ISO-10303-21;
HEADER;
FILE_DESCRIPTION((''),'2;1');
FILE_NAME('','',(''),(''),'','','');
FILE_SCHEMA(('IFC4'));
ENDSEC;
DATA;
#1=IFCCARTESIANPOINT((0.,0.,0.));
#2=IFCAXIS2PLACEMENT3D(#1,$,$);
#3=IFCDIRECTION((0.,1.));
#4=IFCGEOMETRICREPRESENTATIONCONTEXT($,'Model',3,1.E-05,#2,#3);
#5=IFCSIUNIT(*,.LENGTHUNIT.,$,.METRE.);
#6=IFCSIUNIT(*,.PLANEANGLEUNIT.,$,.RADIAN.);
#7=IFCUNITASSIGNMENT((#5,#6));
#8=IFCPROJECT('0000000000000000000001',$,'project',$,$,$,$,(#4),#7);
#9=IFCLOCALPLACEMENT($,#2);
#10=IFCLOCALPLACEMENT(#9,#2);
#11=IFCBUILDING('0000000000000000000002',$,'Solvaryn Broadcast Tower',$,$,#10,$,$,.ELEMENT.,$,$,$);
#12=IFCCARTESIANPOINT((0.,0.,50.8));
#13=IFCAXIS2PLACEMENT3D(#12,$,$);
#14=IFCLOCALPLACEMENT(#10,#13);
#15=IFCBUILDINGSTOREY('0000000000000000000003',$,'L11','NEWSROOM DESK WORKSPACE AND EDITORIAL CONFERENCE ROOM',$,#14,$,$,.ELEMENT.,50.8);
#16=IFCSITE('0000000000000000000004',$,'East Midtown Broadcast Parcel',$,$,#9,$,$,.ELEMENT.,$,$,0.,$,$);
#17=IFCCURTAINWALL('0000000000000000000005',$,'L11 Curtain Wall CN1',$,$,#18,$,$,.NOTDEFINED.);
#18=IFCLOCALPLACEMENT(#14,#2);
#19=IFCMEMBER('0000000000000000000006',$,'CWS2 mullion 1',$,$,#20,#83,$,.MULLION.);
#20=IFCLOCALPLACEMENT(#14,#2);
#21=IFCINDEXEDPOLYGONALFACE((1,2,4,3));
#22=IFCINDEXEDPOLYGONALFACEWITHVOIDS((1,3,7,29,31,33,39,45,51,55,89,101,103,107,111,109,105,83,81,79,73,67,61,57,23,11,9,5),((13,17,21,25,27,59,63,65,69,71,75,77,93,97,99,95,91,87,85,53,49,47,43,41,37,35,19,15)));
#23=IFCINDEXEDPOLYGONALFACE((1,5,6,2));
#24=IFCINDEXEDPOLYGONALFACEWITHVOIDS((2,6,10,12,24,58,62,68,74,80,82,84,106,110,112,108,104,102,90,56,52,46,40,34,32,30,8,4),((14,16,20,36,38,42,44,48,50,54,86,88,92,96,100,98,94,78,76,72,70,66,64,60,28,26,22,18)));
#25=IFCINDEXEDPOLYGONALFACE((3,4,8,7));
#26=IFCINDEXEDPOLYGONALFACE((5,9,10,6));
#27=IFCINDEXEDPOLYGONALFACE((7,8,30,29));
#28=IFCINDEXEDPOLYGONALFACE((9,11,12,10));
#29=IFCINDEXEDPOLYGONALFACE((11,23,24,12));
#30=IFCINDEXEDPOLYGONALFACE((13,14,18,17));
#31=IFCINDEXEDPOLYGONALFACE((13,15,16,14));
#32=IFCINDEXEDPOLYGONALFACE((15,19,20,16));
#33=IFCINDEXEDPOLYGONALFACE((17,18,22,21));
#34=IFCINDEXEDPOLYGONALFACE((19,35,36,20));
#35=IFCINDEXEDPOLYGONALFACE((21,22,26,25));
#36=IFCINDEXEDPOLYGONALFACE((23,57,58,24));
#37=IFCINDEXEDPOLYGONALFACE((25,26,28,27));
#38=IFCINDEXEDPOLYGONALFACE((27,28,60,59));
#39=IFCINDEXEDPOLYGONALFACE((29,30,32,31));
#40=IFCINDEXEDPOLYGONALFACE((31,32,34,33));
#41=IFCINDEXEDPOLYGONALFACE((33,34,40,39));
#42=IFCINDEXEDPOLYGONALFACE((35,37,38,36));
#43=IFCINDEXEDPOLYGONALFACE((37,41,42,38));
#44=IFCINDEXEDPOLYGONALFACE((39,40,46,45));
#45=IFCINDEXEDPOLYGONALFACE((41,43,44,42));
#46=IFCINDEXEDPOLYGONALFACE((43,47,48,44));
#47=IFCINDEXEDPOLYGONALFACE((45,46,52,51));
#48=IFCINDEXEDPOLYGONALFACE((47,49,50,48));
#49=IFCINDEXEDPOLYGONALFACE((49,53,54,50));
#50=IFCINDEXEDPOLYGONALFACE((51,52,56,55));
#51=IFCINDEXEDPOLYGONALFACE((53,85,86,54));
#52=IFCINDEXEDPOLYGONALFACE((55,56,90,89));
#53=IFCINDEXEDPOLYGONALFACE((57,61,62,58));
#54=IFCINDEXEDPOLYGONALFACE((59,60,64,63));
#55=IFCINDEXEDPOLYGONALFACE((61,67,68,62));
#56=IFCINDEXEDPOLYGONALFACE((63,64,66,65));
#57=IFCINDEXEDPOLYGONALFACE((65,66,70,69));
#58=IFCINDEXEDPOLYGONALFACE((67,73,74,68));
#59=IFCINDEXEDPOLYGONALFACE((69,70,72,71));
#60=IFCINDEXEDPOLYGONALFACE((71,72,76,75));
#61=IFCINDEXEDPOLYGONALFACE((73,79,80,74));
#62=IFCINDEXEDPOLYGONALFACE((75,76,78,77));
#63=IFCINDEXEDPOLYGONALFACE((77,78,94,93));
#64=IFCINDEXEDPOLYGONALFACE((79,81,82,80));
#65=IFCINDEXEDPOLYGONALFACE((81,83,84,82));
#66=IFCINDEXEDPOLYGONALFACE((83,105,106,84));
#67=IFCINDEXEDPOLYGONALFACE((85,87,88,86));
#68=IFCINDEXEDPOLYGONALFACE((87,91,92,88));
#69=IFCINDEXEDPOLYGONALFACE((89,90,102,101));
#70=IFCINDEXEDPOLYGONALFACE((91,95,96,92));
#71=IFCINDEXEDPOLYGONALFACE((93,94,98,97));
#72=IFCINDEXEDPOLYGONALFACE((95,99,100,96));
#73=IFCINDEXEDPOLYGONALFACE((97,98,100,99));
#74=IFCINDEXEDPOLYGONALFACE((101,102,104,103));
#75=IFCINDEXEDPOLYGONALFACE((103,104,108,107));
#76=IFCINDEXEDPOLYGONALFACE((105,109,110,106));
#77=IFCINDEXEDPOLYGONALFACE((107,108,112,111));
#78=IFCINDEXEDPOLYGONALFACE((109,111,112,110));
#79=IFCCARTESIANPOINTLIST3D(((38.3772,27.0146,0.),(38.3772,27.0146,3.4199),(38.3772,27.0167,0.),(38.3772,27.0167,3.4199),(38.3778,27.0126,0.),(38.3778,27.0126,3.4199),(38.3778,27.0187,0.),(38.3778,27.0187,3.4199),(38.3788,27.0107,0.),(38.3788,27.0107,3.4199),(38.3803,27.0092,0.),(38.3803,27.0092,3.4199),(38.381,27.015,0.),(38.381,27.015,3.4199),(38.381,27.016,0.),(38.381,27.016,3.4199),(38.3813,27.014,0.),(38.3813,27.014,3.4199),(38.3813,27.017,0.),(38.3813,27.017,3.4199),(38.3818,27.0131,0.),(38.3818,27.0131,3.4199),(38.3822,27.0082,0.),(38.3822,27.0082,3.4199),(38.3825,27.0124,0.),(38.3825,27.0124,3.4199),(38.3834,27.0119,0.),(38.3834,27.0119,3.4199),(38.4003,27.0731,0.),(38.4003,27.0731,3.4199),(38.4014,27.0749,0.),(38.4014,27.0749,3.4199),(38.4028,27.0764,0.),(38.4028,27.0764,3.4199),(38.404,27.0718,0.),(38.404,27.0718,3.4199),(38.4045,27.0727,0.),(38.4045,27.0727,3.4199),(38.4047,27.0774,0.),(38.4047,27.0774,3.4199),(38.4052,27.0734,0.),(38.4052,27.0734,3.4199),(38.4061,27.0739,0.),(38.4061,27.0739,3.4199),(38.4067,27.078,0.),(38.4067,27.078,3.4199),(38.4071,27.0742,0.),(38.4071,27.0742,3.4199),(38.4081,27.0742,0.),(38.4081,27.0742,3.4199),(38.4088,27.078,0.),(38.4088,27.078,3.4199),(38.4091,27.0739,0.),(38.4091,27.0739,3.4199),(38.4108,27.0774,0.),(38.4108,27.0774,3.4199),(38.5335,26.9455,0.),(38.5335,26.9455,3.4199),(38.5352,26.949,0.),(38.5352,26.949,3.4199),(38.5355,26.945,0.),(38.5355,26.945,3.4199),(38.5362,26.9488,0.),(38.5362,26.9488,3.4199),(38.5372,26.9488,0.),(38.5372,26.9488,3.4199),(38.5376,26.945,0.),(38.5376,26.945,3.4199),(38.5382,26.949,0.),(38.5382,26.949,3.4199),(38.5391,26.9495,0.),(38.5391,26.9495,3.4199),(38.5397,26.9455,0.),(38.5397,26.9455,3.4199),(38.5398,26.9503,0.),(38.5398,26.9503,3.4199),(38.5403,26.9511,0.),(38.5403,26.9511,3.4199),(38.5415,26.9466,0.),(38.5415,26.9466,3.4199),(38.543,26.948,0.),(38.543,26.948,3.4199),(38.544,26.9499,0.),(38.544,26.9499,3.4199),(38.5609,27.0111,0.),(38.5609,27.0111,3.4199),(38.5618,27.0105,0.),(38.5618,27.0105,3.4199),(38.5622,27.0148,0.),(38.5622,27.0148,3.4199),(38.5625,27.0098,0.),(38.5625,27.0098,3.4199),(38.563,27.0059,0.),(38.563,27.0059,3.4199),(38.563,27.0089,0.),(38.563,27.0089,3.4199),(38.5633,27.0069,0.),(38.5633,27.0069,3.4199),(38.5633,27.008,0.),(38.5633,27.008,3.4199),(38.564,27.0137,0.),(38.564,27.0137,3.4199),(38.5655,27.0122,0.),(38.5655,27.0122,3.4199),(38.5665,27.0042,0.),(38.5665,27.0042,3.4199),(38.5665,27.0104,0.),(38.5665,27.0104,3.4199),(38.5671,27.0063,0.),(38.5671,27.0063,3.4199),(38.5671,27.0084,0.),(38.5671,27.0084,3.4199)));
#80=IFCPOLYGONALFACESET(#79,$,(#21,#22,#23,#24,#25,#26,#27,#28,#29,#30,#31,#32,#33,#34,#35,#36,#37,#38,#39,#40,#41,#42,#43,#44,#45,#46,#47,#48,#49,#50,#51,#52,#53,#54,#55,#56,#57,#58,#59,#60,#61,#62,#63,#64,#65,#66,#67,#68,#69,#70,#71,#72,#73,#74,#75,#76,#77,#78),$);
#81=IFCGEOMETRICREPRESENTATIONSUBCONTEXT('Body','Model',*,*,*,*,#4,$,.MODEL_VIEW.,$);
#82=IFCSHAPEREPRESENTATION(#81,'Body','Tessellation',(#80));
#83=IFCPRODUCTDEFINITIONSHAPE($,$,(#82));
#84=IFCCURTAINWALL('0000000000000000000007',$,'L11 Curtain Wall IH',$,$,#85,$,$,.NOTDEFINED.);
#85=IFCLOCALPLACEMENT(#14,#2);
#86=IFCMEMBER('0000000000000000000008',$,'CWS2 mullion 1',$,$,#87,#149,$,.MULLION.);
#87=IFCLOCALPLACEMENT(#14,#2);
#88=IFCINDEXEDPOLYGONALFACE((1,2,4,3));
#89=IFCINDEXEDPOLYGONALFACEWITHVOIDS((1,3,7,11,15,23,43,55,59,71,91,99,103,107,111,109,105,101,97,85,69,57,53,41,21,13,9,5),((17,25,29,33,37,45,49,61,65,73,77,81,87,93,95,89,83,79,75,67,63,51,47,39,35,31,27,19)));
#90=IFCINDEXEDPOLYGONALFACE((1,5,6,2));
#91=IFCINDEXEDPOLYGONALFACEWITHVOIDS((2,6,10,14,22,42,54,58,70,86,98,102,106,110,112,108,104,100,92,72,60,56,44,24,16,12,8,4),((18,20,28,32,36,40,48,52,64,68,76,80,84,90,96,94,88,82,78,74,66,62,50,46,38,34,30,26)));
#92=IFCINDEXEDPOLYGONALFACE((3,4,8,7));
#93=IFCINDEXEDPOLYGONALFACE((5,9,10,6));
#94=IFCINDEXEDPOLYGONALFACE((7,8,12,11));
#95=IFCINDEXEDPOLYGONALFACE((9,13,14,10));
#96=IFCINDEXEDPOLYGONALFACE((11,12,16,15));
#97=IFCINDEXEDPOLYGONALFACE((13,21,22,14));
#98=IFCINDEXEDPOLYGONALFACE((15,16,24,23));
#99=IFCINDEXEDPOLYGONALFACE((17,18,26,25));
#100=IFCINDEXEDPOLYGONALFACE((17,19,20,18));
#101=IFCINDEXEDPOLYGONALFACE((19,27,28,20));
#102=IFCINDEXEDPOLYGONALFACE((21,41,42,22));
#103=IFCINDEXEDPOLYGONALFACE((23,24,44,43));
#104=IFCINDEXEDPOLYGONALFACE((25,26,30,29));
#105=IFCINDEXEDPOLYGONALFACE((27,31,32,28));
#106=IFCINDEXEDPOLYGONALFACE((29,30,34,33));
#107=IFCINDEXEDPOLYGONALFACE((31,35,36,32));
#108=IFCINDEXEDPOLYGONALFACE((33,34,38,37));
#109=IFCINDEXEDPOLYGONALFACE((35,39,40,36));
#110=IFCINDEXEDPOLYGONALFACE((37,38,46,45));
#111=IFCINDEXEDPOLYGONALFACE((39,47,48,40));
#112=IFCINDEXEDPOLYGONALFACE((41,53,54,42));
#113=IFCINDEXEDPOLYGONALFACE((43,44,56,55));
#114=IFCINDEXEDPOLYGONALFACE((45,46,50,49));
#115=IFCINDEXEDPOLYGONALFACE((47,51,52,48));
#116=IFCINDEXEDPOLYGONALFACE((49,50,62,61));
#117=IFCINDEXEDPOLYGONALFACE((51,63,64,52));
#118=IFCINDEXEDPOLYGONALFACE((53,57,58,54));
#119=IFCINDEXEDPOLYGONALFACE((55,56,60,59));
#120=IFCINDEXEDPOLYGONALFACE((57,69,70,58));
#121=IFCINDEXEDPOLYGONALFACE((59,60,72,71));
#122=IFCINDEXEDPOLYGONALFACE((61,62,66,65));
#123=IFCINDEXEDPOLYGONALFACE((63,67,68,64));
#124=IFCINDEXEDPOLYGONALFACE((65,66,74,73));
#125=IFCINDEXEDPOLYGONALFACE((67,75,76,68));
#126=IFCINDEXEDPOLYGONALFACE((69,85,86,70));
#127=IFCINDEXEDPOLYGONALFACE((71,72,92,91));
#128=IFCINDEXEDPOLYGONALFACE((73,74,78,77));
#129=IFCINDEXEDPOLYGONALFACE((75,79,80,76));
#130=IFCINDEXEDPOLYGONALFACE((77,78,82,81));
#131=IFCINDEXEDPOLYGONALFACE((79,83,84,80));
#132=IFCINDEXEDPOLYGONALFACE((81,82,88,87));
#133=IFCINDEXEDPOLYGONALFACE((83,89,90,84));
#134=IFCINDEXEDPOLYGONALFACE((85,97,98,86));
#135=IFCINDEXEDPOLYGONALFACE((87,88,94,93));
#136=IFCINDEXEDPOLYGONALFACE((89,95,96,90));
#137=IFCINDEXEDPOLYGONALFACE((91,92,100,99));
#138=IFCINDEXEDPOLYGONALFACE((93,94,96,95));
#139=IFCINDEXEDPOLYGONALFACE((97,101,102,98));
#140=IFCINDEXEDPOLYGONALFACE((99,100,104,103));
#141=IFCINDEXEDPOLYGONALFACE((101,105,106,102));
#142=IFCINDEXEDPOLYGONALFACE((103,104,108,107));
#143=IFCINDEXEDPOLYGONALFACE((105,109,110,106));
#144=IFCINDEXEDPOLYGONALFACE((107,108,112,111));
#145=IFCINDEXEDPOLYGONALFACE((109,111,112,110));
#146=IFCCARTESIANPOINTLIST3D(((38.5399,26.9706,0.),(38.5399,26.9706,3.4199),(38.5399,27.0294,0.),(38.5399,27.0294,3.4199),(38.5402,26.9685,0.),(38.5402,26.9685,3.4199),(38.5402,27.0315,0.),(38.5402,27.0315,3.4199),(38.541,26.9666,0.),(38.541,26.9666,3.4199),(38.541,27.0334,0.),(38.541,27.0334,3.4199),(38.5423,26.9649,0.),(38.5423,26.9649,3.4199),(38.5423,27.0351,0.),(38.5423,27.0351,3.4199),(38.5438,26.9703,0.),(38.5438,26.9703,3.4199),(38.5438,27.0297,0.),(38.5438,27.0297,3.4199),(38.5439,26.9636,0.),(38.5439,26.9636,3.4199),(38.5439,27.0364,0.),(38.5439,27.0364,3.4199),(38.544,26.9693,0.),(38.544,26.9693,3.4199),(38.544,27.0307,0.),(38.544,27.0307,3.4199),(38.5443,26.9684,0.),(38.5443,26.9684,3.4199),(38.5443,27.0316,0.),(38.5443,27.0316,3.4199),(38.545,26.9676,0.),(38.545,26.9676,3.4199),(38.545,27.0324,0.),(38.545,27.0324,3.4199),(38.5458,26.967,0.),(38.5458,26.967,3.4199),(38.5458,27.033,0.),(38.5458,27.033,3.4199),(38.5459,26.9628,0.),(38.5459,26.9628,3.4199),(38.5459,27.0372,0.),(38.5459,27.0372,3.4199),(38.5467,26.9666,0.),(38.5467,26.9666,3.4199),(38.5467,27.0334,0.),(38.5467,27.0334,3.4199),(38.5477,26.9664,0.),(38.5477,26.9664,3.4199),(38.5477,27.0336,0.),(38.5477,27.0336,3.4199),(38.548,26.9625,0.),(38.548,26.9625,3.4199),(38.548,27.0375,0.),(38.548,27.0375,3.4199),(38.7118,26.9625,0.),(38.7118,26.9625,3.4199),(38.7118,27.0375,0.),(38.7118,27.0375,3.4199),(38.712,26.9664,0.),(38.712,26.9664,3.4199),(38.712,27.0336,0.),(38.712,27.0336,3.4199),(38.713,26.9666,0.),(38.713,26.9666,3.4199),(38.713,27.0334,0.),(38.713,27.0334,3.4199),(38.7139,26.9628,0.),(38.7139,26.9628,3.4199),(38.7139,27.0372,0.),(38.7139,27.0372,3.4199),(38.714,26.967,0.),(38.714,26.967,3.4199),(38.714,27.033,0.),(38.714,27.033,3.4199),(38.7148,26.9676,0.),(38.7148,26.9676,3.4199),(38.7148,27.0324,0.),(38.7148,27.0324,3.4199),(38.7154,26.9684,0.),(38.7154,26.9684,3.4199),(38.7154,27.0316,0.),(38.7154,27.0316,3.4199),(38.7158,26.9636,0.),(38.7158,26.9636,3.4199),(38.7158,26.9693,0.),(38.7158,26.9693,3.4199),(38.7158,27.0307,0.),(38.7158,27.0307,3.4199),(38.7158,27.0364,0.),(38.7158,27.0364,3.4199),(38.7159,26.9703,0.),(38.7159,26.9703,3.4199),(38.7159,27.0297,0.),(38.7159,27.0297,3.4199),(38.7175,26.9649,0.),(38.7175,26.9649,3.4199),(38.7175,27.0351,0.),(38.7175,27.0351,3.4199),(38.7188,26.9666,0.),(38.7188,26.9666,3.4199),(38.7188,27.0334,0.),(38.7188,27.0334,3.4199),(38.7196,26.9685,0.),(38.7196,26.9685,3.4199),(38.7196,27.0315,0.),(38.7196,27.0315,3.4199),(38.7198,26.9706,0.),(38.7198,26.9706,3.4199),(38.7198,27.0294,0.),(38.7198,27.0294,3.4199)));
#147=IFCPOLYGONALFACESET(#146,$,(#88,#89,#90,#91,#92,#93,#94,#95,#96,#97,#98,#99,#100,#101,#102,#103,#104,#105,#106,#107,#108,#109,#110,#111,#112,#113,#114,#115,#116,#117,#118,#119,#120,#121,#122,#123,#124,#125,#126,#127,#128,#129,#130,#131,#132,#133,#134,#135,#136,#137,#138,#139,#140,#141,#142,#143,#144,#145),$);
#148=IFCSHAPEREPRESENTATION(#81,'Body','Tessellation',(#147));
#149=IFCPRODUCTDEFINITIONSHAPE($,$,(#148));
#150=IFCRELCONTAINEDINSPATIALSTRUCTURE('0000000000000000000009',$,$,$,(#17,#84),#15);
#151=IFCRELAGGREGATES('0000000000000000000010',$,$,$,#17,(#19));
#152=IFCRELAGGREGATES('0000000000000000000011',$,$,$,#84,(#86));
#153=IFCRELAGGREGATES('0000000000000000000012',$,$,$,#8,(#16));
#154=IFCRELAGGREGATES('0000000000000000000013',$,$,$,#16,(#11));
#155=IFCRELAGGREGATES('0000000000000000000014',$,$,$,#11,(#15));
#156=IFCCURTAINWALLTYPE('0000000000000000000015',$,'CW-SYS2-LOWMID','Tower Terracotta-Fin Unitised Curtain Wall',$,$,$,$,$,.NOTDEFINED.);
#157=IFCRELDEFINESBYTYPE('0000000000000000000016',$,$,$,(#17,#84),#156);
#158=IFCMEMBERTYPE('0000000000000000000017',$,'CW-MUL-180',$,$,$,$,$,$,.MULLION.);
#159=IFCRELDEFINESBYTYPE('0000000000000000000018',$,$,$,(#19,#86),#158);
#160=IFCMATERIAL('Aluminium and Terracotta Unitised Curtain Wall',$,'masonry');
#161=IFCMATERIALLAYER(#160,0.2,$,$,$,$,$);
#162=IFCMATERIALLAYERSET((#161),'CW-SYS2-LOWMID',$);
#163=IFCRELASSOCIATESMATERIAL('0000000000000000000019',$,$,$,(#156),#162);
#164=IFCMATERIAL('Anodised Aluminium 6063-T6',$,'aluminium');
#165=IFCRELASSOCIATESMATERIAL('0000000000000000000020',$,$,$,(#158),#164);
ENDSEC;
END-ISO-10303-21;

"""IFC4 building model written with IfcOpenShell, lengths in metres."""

from ifc_helpers import new_model, si_unit, direction, frame, origin, origin_2d, place, context, subcontext, project, spatial, hollow_rectangle, extrude, material, layer, layer_set, material_profile, profile_set, type_object, element, aggregate, save


model = new_model("IFC4")

# Units and contexts
model_context = context("Model", 3, precision=1e-05, world=origin(), true_north=direction((0.0, 1.0)))
body_context = subcontext(model_context, "Body", "Model", "MODEL_VIEW")
ifc_project = project(units=[si_unit("LENGTHUNIT", "METRE"), si_unit("PLANEANGLEUNIT", "RADIAN")], contexts=[model_context])

# Site, building, storey
site_placement = place(None, origin())
site = spatial("IfcSite", under=ifc_project, at=site_placement, Name="East Midtown Broadcast Parcel", CompositionType="ELEMENT", RefElevation=0.0)
building_placement = place(site_placement, origin())
building = spatial("IfcBuilding", under=site, at=building_placement, Name="Solvaryn Broadcast Tower", CompositionType="ELEMENT")
storey_placement = place(building_placement, frame((0.0, 0.0, 50.8)))
storey = spatial("IfcBuildingStorey", under=building, at=storey_placement, Name="L11", Description="NEWSROOM DESK WORKSPACE AND EDITORIAL CONFERENCE ROOM", CompositionType="ELEMENT", Elevation=50.8)

# Curtain walls, members
ifc_material_1 = material(Name="Aluminium and Terracotta Unitised Curtain Wall", Category="masonry")
ifc_layer_1 = layer(ifc_material_1, 0.2)
ifc_layer_set_1 = layer_set([ifc_layer_1], Name="CW-SYS2-LOWMID")
curtain_wall_type = type_object("IfcCurtainWallType", Name="CW-SYS2-LOWMID", Description="Tower Terracotta-Fin Unitised Curtain Wall", PredefinedType="NOTDEFINED", material=ifc_layer_set_1)
curtain_wall_1_placement = place(storey_placement, origin())
curtain_wall_1 = element("IfcCurtainWall", 1, at=curtain_wall_1_placement, inside=storey, type_object=curtain_wall_type, Name="L11 Curtain Wall CN1", PredefinedType="NOTDEFINED")
ifc_material_2 = material(Name="Anodised Aluminium 6063-T6", Category="aluminium")
ifc_material_profile_1 = material_profile(ifc_material_2, hollow_rectangle(XDim=0.075, YDim=0.1799, WallThickness=0.0039, InnerFilletRadius=0.0039, OuterFilletRadius=0.0081, at=origin_2d()))
ifc_profile_set_1 = profile_set([ifc_material_profile_1], Name="Anodised Aluminium 6063-T6")
member_type_1 = type_object("IfcMemberType", Name="CW-MUL-180", PredefinedType="MULLION", material=ifc_profile_set_1)
member_1_placement = place(storey_placement, frame((38.4722, 27.0115, 0.0), z_axis=(0.0, 0.0, 1.0), x_axis=(-0.382646, -0.923895, 0.0)))
member_1 = element("IfcMember", 2, at=member_1_placement, type_object=member_type_1, Name="CWS2 mullion 1", PredefinedType="MULLION", context=body_context, shape_type="SweptSolid", body=[
    extrude(hollow_rectangle(XDim=0.075, YDim=0.1799, WallThickness=0.0039, InnerFilletRadius=0.0039, OuterFilletRadius=0.0081, at=origin_2d()), origin(), (0.0, 0.0, 1.0), 3.4199),
])
curtain_wall_2_placement = place(storey_placement, origin())
curtain_wall_2 = element("IfcCurtainWall", 3, at=curtain_wall_2_placement, inside=storey, type_object=curtain_wall_type, Name="L11 Curtain Wall IH", PredefinedType="NOTDEFINED")
member_2_placement = place(storey_placement, frame((38.6299, 27.0, 0.0), z_axis=(0.0, 0.0, 1.0), x_axis=(0.0, 1.0, 0.0)))
member_2 = element("IfcMember", 4, at=member_2_placement, type_object=member_type_1, Name="CWS2 mullion 1", PredefinedType="MULLION", context=body_context, shape_type="SweptSolid", body=[
    extrude(hollow_rectangle(XDim=0.075, YDim=0.1799, WallThickness=0.0039, InnerFilletRadius=0.0039, OuterFilletRadius=0.0081, at=origin_2d()), origin(), (0.0, 0.0, 1.0), 3.4199),
])

aggregate(curtain_wall_1, [member_1])
aggregate(curtain_wall_2, [member_2])

save(model, "model.ifc")
